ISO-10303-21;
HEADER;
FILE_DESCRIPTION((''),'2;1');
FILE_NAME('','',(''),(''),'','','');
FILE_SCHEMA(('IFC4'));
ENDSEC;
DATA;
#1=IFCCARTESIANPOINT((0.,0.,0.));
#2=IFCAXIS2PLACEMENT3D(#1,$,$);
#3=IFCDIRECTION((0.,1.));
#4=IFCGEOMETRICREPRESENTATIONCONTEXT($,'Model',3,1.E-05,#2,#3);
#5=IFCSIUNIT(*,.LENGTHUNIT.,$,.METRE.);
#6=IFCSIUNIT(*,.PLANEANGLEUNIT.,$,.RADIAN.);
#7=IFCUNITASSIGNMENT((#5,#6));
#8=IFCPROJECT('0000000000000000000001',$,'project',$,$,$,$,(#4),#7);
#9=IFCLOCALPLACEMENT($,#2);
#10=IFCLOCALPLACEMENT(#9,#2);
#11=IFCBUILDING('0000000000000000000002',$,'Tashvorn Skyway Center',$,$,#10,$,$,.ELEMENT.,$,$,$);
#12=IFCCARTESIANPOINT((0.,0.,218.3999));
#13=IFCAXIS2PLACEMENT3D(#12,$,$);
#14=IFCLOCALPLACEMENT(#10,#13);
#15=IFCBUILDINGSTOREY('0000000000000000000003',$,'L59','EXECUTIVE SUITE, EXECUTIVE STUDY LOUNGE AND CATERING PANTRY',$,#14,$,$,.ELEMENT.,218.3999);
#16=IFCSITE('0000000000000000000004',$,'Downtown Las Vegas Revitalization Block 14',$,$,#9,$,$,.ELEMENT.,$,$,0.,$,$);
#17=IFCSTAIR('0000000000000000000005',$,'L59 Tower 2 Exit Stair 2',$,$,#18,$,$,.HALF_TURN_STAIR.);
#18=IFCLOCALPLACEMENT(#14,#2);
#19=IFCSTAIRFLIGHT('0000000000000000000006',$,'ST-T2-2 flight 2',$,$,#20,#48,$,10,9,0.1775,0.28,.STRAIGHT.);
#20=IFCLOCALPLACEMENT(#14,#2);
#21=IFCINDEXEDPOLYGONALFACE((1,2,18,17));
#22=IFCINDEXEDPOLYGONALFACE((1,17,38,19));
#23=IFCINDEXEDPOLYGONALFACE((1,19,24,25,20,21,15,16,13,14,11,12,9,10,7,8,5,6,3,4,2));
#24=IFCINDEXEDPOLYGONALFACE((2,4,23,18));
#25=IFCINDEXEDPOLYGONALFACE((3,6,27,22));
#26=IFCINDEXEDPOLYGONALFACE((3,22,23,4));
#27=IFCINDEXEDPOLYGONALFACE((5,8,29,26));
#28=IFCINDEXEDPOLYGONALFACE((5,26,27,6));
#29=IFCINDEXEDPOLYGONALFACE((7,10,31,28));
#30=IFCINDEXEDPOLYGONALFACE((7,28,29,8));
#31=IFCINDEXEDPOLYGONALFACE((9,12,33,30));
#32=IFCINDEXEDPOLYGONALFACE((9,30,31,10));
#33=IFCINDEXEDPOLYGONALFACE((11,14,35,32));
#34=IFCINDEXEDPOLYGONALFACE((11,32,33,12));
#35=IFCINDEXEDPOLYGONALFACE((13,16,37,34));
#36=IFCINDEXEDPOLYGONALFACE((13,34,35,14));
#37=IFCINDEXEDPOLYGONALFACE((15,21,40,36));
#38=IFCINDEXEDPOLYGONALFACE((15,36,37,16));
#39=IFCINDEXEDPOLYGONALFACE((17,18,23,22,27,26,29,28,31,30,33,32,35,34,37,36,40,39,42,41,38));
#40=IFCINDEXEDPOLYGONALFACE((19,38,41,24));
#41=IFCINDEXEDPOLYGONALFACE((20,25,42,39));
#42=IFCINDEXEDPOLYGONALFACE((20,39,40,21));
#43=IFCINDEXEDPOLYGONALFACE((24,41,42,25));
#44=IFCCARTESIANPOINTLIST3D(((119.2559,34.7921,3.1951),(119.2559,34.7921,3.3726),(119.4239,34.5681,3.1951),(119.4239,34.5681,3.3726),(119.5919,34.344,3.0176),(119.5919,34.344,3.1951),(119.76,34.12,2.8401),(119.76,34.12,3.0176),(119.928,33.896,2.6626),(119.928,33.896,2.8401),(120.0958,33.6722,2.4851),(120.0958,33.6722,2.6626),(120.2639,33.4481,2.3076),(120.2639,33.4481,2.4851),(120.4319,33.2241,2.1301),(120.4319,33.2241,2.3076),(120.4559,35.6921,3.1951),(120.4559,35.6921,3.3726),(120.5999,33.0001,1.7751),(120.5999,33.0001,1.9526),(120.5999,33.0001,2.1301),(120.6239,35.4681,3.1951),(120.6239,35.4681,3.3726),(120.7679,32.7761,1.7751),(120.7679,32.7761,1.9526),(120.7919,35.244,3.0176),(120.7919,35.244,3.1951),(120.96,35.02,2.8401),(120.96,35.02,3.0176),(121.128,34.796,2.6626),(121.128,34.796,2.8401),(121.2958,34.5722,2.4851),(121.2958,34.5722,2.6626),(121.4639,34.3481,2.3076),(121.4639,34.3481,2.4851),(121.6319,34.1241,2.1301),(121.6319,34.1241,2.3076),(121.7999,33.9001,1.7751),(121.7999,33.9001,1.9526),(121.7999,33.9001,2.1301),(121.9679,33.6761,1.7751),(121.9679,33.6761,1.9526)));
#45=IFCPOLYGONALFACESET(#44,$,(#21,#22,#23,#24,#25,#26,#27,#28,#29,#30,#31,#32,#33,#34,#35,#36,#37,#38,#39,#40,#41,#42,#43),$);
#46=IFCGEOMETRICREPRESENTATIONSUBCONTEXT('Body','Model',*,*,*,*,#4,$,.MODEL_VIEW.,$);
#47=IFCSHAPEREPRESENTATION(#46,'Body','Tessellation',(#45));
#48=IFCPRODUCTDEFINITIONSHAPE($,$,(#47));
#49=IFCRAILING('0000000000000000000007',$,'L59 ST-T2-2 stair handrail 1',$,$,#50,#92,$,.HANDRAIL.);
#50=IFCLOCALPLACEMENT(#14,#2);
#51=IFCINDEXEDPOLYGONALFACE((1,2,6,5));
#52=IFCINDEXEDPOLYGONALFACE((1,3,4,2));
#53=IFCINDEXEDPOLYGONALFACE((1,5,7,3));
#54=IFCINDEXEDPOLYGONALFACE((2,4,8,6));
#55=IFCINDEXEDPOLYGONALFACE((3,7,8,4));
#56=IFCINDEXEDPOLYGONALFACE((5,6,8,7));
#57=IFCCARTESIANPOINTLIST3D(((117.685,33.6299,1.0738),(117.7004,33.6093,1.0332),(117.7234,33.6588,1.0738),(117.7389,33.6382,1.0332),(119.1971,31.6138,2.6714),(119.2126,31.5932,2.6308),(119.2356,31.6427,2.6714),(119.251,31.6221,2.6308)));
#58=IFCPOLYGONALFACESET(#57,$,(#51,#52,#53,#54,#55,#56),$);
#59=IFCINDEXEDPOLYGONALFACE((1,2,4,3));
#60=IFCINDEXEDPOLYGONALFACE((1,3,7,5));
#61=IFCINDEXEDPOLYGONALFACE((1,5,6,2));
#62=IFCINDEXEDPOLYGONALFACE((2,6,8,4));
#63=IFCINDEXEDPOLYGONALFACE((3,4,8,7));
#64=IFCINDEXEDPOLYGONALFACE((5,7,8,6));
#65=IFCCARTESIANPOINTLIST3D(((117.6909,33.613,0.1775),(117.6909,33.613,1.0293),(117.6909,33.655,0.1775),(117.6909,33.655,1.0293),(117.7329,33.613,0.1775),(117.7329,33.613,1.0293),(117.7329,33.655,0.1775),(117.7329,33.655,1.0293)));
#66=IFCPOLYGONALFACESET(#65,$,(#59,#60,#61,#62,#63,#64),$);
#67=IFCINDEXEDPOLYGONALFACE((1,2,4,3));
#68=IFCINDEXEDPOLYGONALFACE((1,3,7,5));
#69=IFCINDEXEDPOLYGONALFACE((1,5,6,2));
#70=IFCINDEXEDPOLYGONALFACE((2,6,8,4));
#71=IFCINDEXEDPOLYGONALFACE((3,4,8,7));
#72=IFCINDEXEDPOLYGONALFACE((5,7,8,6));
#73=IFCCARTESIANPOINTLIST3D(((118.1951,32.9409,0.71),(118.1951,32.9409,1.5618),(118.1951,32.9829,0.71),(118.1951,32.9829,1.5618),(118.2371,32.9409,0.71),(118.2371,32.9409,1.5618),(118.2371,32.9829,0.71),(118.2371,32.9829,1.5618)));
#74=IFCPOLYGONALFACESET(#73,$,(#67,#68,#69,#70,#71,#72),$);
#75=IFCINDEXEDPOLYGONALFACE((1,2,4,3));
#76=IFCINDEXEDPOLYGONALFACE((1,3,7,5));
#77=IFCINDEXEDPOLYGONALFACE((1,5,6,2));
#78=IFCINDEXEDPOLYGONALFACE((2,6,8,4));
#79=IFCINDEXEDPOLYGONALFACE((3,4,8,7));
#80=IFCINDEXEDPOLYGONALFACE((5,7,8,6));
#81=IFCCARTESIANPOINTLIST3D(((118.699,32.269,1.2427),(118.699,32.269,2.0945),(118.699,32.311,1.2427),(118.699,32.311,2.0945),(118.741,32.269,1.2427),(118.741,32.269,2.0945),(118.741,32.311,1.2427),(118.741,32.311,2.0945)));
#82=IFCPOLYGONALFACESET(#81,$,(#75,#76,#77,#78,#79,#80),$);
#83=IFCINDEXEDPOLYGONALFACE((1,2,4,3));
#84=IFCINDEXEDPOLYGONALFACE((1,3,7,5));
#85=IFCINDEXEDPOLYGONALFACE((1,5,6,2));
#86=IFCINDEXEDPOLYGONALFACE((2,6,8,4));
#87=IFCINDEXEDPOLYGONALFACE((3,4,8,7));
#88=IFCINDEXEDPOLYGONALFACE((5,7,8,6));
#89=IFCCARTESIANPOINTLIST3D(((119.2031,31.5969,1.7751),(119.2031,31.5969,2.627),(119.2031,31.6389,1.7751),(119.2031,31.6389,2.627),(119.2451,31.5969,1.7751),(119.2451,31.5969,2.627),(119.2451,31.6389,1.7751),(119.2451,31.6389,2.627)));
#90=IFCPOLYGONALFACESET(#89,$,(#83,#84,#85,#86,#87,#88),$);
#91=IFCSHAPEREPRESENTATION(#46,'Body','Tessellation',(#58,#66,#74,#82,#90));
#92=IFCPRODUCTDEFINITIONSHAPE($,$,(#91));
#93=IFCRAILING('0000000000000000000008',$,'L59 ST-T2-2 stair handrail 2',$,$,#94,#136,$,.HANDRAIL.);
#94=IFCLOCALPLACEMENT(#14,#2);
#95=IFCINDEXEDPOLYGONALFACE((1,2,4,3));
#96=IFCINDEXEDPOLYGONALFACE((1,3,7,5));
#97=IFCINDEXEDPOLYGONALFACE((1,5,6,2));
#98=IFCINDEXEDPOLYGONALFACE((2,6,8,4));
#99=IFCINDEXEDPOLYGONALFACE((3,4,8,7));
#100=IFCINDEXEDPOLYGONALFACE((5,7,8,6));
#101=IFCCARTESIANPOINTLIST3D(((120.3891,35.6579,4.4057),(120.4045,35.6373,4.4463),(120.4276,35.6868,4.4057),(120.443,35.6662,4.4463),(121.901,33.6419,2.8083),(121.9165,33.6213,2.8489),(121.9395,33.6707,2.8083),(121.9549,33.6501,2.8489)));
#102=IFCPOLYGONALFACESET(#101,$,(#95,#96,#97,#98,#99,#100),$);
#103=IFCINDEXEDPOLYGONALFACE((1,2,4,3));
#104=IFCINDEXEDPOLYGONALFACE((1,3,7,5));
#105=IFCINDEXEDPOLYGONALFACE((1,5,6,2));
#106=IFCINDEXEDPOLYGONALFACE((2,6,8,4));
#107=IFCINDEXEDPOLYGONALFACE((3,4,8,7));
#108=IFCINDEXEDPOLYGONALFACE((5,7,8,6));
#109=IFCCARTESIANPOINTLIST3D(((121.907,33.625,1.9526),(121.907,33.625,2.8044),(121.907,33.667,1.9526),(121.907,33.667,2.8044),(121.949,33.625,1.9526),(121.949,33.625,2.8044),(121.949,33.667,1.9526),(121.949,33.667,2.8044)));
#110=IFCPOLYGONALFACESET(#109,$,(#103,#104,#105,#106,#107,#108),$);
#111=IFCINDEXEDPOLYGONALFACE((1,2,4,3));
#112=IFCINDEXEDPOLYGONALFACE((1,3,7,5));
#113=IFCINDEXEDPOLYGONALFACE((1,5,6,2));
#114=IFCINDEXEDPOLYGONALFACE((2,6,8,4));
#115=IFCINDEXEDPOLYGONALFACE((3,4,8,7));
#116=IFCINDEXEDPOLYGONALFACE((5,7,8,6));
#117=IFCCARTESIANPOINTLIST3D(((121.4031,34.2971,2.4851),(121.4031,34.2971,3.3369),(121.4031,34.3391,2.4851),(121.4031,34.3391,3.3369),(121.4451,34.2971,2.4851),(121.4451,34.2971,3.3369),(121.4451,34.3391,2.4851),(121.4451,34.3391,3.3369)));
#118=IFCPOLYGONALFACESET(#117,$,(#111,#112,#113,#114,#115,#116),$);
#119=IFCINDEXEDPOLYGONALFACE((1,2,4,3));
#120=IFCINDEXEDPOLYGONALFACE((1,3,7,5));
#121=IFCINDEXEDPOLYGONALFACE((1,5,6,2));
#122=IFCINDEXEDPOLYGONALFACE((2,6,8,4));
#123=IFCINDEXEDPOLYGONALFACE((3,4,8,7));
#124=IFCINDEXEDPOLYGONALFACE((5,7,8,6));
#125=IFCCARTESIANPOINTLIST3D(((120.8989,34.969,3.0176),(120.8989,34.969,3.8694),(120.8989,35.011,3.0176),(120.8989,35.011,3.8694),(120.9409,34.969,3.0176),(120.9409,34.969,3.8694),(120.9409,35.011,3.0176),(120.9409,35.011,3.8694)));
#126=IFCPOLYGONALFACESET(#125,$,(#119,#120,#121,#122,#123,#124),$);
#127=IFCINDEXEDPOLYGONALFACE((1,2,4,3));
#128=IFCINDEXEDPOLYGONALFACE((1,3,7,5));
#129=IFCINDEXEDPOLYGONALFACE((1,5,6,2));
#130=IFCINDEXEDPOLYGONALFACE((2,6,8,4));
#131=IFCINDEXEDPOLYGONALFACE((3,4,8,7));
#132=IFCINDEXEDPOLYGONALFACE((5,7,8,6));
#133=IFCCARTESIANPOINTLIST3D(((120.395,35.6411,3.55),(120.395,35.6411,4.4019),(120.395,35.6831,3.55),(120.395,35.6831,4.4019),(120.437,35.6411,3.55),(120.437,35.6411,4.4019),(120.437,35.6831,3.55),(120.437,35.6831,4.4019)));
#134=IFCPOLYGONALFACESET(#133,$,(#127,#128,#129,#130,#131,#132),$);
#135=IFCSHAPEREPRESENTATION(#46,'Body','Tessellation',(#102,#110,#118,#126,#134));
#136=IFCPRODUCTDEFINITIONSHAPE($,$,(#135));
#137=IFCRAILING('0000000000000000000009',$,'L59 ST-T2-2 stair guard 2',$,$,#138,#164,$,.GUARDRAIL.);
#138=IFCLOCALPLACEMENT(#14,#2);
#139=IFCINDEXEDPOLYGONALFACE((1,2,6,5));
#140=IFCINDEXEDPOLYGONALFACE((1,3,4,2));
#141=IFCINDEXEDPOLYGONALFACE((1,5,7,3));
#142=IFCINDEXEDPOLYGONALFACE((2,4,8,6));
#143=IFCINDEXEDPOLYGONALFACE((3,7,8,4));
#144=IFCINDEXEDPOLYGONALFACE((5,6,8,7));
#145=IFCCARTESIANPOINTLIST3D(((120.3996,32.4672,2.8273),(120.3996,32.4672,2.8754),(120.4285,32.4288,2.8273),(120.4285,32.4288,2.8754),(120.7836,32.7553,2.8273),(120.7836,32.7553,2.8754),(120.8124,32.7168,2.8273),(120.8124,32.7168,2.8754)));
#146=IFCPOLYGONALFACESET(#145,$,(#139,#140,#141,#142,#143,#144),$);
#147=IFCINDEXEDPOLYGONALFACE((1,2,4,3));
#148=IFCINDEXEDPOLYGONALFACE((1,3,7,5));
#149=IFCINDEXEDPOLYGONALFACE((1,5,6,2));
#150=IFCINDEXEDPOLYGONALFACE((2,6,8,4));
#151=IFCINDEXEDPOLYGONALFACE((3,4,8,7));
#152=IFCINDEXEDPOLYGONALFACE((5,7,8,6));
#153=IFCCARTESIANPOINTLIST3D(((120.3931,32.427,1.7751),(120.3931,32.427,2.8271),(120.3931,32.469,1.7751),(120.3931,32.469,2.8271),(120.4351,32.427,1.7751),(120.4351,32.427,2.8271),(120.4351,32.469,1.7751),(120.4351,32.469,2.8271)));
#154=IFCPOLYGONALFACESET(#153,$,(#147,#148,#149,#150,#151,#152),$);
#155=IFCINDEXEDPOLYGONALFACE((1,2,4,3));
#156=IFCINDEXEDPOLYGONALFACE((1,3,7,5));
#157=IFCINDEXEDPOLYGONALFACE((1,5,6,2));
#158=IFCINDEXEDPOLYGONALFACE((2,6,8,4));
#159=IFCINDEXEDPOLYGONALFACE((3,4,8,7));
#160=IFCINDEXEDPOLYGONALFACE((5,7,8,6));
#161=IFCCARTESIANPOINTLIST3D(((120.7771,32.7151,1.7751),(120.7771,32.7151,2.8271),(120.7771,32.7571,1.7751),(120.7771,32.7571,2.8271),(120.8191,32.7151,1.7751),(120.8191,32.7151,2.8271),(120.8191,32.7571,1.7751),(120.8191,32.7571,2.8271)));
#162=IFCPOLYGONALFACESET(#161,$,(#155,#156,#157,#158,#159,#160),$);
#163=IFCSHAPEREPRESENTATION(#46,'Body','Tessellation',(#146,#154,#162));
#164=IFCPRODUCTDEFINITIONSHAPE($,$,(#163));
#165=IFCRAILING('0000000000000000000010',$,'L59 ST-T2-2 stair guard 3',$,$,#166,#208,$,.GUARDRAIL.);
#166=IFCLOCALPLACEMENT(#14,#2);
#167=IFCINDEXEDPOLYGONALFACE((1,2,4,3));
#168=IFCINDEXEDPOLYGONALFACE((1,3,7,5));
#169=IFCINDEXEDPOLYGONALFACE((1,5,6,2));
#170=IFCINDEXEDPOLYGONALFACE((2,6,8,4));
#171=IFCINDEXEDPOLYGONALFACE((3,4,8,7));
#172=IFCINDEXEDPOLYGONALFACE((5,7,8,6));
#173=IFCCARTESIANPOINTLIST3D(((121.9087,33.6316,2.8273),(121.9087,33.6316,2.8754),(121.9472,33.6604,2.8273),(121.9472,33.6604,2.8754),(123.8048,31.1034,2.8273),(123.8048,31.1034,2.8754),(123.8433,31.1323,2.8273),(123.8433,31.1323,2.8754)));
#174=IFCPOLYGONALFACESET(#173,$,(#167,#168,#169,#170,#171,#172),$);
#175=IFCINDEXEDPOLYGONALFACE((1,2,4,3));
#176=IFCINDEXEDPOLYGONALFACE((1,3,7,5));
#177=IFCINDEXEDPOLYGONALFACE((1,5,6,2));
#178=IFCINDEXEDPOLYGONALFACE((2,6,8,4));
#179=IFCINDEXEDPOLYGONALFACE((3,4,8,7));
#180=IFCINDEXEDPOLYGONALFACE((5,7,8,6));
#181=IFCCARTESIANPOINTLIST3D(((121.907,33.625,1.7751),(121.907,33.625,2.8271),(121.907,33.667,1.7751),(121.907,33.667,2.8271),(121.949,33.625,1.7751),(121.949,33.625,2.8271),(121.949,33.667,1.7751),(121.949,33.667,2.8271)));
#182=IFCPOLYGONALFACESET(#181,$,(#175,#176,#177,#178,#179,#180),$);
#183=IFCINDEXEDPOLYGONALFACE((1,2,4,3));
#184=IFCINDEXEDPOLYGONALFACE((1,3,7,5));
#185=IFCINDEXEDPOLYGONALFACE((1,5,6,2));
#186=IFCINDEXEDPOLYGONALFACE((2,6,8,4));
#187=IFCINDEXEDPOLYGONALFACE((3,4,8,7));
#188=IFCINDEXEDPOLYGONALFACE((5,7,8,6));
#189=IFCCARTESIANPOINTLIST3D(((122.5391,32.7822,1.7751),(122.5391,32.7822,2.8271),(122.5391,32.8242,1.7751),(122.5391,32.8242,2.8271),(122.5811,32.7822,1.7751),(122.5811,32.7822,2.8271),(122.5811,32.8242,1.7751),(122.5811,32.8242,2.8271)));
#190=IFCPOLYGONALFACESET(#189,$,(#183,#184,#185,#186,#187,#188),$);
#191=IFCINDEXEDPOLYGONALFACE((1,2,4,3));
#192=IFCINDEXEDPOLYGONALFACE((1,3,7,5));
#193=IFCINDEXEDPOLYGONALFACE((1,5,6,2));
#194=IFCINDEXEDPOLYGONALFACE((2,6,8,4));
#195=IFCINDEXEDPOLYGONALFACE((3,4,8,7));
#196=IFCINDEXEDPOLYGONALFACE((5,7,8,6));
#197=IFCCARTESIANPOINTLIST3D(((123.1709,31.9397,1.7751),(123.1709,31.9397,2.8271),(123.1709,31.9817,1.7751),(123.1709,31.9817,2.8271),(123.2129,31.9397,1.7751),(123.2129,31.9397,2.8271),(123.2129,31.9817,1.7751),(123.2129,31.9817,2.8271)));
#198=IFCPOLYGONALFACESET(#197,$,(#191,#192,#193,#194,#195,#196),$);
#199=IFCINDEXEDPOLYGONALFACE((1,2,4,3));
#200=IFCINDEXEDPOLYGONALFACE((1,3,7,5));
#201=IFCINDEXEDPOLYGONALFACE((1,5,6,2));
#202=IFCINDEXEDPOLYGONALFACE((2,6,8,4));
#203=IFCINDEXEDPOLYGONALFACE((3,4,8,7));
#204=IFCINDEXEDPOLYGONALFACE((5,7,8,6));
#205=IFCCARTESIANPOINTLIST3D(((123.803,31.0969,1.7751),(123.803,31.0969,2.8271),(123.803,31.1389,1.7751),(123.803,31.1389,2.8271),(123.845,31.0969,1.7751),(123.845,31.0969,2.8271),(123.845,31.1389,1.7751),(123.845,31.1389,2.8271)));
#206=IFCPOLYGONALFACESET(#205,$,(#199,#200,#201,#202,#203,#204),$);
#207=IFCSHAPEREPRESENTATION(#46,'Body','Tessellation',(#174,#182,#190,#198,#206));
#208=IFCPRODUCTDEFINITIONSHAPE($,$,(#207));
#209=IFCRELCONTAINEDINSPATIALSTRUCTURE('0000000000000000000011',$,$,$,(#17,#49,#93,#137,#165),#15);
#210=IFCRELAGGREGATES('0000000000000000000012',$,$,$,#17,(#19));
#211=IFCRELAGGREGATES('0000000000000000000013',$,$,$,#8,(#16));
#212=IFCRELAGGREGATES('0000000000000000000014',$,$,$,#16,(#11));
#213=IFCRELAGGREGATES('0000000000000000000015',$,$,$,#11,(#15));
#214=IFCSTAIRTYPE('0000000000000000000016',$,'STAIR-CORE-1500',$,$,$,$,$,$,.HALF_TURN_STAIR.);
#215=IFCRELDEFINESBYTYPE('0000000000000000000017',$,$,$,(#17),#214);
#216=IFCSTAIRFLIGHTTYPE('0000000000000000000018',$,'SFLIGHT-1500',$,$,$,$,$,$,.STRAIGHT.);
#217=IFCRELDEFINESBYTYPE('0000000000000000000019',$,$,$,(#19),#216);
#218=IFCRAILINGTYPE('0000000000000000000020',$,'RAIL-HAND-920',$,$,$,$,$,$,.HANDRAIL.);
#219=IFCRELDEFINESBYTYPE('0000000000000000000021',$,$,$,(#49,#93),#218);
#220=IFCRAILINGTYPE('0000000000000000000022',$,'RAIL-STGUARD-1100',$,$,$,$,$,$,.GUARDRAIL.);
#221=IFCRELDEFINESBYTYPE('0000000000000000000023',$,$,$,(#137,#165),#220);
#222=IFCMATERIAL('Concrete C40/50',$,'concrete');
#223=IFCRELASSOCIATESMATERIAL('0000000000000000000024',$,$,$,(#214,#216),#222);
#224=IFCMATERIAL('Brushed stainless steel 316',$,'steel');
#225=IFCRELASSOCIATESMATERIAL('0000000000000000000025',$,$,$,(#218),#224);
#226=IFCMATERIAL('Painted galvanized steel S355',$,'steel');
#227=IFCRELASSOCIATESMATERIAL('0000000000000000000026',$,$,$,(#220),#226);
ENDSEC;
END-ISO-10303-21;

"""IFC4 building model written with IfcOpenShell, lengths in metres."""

from ifc_helpers import new_model, si_unit, direction, frame, origin, origin_2d, place, context, subcontext, project, spatial, polyline, rectangle, outline, extrude, material, type_object, element, aggregate, save


model = new_model("IFC4")

# Units and contexts
model_context = context("Model", 3, precision=1e-05, world=origin(), true_north=direction((0.0, 1.0)))
body_context = subcontext(model_context, "Body", "Model", "MODEL_VIEW")
ifc_project = project(units=[si_unit("LENGTHUNIT", "METRE"), si_unit("PLANEANGLEUNIT", "RADIAN")], contexts=[model_context])

# Site, building, storey
site_placement = place(None, origin())
site = spatial("IfcSite", under=ifc_project, at=site_placement, Name="Downtown Las Vegas Revitalization Block 14", CompositionType="ELEMENT", RefElevation=0.0)
building_placement = place(site_placement, origin())
building = spatial("IfcBuilding", under=site, at=building_placement, Name="Tashvorn Skyway Center", CompositionType="ELEMENT")
storey_placement = place(building_placement, frame((0.0, 0.0, 218.3999)))
storey = spatial("IfcBuildingStorey", under=building, at=storey_placement, Name="L59", Description="EXECUTIVE SUITE, EXECUTIVE STUDY LOUNGE AND CATERING PANTRY", CompositionType="ELEMENT", Elevation=218.3999)

# Shared definitions
ifc_material_1 = material(Name="Concrete C40/50", Category="concrete")

# Stair, stair flight
stair_type = type_object("IfcStairType", Name="STAIR-CORE-1500", PredefinedType="HALF_TURN_STAIR", material=ifc_material_1)
stair_placement = place(storey_placement, origin())
stair = element("IfcStair", 1, at=stair_placement, inside=storey, type_object=stair_type, Name="L59 Tower 2 Exit Stair 2", PredefinedType="HALF_TURN_STAIR")
stair_flight_type = type_object("IfcStairFlightType", Name="SFLIGHT-1500", PredefinedType="STRAIGHT", material=ifc_material_1)
stair_flight_1_placement = place(storey_placement, frame((121.3679, 33.2261, 1.7751), z_axis=(0.0, 0.0, 1.0), x_axis=(-0.6, 0.8, 0.0)))
stair_flight_1 = element("IfcStairFlight", 2, at=stair_flight_1_placement, type_object=stair_flight_type, Name="ST-T2-2 flight 2", NumberOfRisers=10, NumberOfTreads=9, PredefinedType="STRAIGHT", RiserHeight=0.1775, TreadLength=0.28, context=body_context, shape_type="SweptSolid", body=[
    extrude(outline(polyline([(0.0, 0.0), (0.0, 0.1775), (0.28, 0.1775), (0.28, 0.355), (0.5601, 0.355), (0.5601, 0.5325), (0.8401, 0.5325), (0.8401, 0.71), (1.1201, 0.71), (1.1201, 0.8875), (1.3999, 0.8875), (1.3999, 1.0649), (1.6799, 1.0649), (1.6799, 1.2424), (1.96, 1.2424), (1.96, 1.4199), (2.24, 1.4199), (2.24, 1.5974), (2.52, 1.5974), (2.52, 1.7749), (2.52, 1.4199), (0.28, 0.0), (0.0, 0.0)])), frame((0.0, 0.75, 0.0), z_axis=(0.0, -1.0, 0.0), x_axis=(1.0, 0.0, 0.0)), (0.0, 0.0, 1.0), 1.5),
])
aggregate(stair, [stair_flight_1])

# Railings
ifc_material_2 = material(Name="Brushed stainless steel 316", Category="steel")
railing_type_1 = type_object("IfcRailingType", Name="RAIL-HAND-920", PredefinedType="HANDRAIL", material=ifc_material_2)
railing_1_placement = place(storey_placement, frame((117.7119, 33.634, 0.1775)))
element("IfcRailing", 3, at=railing_1_placement, inside=storey, type_object=railing_type_1, Name="L59 ST-T2-2 stair handrail 1", PredefinedType="HANDRAIL", context=body_context, shape_type="SweptSolid", body=[
    extrude(rectangle(XDim=0.0481, YDim=0.0481, at=origin_2d()), frame((0.0, 0.0, 0.876), z_axis=(0.506779, -0.675651, 0.535416), x_axis=(0.799977, 0.600031, 0.0)), (0.0, 0.0, 1.0), 2.9839),
    extrude(rectangle(XDim=0.042, YDim=0.042, at=origin_2d()), origin(), (0.0, 0.0, 1.0), 0.8518),
    extrude(rectangle(XDim=0.042, YDim=0.042, at=origin_2d()), frame((0.5042, -0.6721, 0.5325)), (0.0, 0.0, 1.0), 0.8518),
    extrude(rectangle(XDim=0.042, YDim=0.042, at=origin_2d()), frame((1.0081, -1.344, 1.0652)), (0.0, 0.0, 1.0), 0.8518),
    extrude(rectangle(XDim=0.042, YDim=0.042, at=origin_2d()), frame((1.5122, -2.0161, 1.5977)), (0.0, 0.0, 1.0), 0.8518),
])
railing_2_placement = place(storey_placement, frame((121.928, 33.646, 1.9526)))
element("IfcRailing", 4, at=railing_2_placement, inside=storey, type_object=railing_type_1, Name="L59 ST-T2-2 stair handrail 2", PredefinedType="HANDRAIL", context=body_context, shape_type="SweptSolid", body=[
    extrude(rectangle(XDim=0.0481, YDim=0.0481, at=origin_2d()), frame((0.0, 0.0, 0.876), z_axis=(-0.506741, 0.675709, 0.535379), x_axis=(-0.800023, -0.599969, 0.0)), (0.0, 0.0, 1.0), 2.9836),
    extrude(rectangle(XDim=0.042, YDim=0.042, at=origin_2d()), origin(), (0.0, 0.0, 1.0), 0.8518),
    extrude(rectangle(XDim=0.042, YDim=0.042, at=origin_2d()), frame((-0.5039, 0.6721, 0.5325)), (0.0, 0.0, 1.0), 0.8518),
    extrude(rectangle(XDim=0.042, YDim=0.042, at=origin_2d()), frame((-1.0081, 1.344, 1.0649)), (0.0, 0.0, 1.0), 0.8518),
    extrude(rectangle(XDim=0.042, YDim=0.042, at=origin_2d()), frame((-1.512, 2.0161, 1.5974)), (0.0, 0.0, 1.0), 0.8518),
])
ifc_material_3 = material(Name="Painted galvanized steel S355", Category="steel")
railing_type_2 = type_object("IfcRailingType", Name="RAIL-STGUARD-1100", PredefinedType="GUARDRAIL", material=ifc_material_3)
railing_3_placement = place(storey_placement, frame((120.4141, 32.448, 1.7751)))
element("IfcRailing", 5, at=railing_3_placement, inside=storey, type_object=railing_type_2, Name="L59 ST-T2-2 stair guard 2", PredefinedType="GUARDRAIL", context=body_context, shape_type="SweptSolid", body=[
    extrude(rectangle(XDim=0.0481, YDim=0.0481, at=origin_2d()), frame((0.0, 0.0, 1.0762), z_axis=(0.799939, 0.600081, 0.0), x_axis=(-0.600081, 0.799939, 0.0)), (0.0, 0.0, 1.0), 0.48),
    extrude(rectangle(XDim=0.042, YDim=0.042, at=origin_2d()), origin(), (0.0, 0.0, 1.0), 1.052),
    extrude(rectangle(XDim=0.042, YDim=0.042, at=origin_2d()), frame((0.384, 0.2881, 0.0)), (0.0, 0.0, 1.0), 1.052),
])
railing_4_placement = place(storey_placement, frame((121.928, 33.646, 1.7751)))
element("IfcRailing", 6, at=railing_4_placement, inside=storey, type_object=railing_type_2, Name="L59 ST-T2-2 stair guard 3", PredefinedType="GUARDRAIL", context=body_context, shape_type="SweptSolid", body=[
    extrude(rectangle(XDim=0.0481, YDim=0.0481, at=origin_2d()), frame((0.0, 0.0, 1.0762), z_axis=(0.599988, -0.800009, 0.0), x_axis=(0.800009, 0.599988, 0.0)), (0.0, 0.0, 1.0), 3.1602),
    extrude(rectangle(XDim=0.042, YDim=0.042, at=origin_2d()), origin(), (0.0, 0.0, 1.0), 1.052),
    extrude(rectangle(XDim=0.042, YDim=0.042, at=origin_2d()), frame((0.6321, -0.8428, 0.0)), (0.0, 0.0, 1.0), 1.052),
    extrude(rectangle(XDim=0.042, YDim=0.042, at=origin_2d()), frame((1.2639, -1.6853, 0.0)), (0.0, 0.0, 1.0), 1.052),
    extrude(rectangle(XDim=0.042, YDim=0.042, at=origin_2d()), frame((1.896, -2.5281, 0.0)), (0.0, 0.0, 1.0), 1.052),
])

save(model, "model.ifc")
